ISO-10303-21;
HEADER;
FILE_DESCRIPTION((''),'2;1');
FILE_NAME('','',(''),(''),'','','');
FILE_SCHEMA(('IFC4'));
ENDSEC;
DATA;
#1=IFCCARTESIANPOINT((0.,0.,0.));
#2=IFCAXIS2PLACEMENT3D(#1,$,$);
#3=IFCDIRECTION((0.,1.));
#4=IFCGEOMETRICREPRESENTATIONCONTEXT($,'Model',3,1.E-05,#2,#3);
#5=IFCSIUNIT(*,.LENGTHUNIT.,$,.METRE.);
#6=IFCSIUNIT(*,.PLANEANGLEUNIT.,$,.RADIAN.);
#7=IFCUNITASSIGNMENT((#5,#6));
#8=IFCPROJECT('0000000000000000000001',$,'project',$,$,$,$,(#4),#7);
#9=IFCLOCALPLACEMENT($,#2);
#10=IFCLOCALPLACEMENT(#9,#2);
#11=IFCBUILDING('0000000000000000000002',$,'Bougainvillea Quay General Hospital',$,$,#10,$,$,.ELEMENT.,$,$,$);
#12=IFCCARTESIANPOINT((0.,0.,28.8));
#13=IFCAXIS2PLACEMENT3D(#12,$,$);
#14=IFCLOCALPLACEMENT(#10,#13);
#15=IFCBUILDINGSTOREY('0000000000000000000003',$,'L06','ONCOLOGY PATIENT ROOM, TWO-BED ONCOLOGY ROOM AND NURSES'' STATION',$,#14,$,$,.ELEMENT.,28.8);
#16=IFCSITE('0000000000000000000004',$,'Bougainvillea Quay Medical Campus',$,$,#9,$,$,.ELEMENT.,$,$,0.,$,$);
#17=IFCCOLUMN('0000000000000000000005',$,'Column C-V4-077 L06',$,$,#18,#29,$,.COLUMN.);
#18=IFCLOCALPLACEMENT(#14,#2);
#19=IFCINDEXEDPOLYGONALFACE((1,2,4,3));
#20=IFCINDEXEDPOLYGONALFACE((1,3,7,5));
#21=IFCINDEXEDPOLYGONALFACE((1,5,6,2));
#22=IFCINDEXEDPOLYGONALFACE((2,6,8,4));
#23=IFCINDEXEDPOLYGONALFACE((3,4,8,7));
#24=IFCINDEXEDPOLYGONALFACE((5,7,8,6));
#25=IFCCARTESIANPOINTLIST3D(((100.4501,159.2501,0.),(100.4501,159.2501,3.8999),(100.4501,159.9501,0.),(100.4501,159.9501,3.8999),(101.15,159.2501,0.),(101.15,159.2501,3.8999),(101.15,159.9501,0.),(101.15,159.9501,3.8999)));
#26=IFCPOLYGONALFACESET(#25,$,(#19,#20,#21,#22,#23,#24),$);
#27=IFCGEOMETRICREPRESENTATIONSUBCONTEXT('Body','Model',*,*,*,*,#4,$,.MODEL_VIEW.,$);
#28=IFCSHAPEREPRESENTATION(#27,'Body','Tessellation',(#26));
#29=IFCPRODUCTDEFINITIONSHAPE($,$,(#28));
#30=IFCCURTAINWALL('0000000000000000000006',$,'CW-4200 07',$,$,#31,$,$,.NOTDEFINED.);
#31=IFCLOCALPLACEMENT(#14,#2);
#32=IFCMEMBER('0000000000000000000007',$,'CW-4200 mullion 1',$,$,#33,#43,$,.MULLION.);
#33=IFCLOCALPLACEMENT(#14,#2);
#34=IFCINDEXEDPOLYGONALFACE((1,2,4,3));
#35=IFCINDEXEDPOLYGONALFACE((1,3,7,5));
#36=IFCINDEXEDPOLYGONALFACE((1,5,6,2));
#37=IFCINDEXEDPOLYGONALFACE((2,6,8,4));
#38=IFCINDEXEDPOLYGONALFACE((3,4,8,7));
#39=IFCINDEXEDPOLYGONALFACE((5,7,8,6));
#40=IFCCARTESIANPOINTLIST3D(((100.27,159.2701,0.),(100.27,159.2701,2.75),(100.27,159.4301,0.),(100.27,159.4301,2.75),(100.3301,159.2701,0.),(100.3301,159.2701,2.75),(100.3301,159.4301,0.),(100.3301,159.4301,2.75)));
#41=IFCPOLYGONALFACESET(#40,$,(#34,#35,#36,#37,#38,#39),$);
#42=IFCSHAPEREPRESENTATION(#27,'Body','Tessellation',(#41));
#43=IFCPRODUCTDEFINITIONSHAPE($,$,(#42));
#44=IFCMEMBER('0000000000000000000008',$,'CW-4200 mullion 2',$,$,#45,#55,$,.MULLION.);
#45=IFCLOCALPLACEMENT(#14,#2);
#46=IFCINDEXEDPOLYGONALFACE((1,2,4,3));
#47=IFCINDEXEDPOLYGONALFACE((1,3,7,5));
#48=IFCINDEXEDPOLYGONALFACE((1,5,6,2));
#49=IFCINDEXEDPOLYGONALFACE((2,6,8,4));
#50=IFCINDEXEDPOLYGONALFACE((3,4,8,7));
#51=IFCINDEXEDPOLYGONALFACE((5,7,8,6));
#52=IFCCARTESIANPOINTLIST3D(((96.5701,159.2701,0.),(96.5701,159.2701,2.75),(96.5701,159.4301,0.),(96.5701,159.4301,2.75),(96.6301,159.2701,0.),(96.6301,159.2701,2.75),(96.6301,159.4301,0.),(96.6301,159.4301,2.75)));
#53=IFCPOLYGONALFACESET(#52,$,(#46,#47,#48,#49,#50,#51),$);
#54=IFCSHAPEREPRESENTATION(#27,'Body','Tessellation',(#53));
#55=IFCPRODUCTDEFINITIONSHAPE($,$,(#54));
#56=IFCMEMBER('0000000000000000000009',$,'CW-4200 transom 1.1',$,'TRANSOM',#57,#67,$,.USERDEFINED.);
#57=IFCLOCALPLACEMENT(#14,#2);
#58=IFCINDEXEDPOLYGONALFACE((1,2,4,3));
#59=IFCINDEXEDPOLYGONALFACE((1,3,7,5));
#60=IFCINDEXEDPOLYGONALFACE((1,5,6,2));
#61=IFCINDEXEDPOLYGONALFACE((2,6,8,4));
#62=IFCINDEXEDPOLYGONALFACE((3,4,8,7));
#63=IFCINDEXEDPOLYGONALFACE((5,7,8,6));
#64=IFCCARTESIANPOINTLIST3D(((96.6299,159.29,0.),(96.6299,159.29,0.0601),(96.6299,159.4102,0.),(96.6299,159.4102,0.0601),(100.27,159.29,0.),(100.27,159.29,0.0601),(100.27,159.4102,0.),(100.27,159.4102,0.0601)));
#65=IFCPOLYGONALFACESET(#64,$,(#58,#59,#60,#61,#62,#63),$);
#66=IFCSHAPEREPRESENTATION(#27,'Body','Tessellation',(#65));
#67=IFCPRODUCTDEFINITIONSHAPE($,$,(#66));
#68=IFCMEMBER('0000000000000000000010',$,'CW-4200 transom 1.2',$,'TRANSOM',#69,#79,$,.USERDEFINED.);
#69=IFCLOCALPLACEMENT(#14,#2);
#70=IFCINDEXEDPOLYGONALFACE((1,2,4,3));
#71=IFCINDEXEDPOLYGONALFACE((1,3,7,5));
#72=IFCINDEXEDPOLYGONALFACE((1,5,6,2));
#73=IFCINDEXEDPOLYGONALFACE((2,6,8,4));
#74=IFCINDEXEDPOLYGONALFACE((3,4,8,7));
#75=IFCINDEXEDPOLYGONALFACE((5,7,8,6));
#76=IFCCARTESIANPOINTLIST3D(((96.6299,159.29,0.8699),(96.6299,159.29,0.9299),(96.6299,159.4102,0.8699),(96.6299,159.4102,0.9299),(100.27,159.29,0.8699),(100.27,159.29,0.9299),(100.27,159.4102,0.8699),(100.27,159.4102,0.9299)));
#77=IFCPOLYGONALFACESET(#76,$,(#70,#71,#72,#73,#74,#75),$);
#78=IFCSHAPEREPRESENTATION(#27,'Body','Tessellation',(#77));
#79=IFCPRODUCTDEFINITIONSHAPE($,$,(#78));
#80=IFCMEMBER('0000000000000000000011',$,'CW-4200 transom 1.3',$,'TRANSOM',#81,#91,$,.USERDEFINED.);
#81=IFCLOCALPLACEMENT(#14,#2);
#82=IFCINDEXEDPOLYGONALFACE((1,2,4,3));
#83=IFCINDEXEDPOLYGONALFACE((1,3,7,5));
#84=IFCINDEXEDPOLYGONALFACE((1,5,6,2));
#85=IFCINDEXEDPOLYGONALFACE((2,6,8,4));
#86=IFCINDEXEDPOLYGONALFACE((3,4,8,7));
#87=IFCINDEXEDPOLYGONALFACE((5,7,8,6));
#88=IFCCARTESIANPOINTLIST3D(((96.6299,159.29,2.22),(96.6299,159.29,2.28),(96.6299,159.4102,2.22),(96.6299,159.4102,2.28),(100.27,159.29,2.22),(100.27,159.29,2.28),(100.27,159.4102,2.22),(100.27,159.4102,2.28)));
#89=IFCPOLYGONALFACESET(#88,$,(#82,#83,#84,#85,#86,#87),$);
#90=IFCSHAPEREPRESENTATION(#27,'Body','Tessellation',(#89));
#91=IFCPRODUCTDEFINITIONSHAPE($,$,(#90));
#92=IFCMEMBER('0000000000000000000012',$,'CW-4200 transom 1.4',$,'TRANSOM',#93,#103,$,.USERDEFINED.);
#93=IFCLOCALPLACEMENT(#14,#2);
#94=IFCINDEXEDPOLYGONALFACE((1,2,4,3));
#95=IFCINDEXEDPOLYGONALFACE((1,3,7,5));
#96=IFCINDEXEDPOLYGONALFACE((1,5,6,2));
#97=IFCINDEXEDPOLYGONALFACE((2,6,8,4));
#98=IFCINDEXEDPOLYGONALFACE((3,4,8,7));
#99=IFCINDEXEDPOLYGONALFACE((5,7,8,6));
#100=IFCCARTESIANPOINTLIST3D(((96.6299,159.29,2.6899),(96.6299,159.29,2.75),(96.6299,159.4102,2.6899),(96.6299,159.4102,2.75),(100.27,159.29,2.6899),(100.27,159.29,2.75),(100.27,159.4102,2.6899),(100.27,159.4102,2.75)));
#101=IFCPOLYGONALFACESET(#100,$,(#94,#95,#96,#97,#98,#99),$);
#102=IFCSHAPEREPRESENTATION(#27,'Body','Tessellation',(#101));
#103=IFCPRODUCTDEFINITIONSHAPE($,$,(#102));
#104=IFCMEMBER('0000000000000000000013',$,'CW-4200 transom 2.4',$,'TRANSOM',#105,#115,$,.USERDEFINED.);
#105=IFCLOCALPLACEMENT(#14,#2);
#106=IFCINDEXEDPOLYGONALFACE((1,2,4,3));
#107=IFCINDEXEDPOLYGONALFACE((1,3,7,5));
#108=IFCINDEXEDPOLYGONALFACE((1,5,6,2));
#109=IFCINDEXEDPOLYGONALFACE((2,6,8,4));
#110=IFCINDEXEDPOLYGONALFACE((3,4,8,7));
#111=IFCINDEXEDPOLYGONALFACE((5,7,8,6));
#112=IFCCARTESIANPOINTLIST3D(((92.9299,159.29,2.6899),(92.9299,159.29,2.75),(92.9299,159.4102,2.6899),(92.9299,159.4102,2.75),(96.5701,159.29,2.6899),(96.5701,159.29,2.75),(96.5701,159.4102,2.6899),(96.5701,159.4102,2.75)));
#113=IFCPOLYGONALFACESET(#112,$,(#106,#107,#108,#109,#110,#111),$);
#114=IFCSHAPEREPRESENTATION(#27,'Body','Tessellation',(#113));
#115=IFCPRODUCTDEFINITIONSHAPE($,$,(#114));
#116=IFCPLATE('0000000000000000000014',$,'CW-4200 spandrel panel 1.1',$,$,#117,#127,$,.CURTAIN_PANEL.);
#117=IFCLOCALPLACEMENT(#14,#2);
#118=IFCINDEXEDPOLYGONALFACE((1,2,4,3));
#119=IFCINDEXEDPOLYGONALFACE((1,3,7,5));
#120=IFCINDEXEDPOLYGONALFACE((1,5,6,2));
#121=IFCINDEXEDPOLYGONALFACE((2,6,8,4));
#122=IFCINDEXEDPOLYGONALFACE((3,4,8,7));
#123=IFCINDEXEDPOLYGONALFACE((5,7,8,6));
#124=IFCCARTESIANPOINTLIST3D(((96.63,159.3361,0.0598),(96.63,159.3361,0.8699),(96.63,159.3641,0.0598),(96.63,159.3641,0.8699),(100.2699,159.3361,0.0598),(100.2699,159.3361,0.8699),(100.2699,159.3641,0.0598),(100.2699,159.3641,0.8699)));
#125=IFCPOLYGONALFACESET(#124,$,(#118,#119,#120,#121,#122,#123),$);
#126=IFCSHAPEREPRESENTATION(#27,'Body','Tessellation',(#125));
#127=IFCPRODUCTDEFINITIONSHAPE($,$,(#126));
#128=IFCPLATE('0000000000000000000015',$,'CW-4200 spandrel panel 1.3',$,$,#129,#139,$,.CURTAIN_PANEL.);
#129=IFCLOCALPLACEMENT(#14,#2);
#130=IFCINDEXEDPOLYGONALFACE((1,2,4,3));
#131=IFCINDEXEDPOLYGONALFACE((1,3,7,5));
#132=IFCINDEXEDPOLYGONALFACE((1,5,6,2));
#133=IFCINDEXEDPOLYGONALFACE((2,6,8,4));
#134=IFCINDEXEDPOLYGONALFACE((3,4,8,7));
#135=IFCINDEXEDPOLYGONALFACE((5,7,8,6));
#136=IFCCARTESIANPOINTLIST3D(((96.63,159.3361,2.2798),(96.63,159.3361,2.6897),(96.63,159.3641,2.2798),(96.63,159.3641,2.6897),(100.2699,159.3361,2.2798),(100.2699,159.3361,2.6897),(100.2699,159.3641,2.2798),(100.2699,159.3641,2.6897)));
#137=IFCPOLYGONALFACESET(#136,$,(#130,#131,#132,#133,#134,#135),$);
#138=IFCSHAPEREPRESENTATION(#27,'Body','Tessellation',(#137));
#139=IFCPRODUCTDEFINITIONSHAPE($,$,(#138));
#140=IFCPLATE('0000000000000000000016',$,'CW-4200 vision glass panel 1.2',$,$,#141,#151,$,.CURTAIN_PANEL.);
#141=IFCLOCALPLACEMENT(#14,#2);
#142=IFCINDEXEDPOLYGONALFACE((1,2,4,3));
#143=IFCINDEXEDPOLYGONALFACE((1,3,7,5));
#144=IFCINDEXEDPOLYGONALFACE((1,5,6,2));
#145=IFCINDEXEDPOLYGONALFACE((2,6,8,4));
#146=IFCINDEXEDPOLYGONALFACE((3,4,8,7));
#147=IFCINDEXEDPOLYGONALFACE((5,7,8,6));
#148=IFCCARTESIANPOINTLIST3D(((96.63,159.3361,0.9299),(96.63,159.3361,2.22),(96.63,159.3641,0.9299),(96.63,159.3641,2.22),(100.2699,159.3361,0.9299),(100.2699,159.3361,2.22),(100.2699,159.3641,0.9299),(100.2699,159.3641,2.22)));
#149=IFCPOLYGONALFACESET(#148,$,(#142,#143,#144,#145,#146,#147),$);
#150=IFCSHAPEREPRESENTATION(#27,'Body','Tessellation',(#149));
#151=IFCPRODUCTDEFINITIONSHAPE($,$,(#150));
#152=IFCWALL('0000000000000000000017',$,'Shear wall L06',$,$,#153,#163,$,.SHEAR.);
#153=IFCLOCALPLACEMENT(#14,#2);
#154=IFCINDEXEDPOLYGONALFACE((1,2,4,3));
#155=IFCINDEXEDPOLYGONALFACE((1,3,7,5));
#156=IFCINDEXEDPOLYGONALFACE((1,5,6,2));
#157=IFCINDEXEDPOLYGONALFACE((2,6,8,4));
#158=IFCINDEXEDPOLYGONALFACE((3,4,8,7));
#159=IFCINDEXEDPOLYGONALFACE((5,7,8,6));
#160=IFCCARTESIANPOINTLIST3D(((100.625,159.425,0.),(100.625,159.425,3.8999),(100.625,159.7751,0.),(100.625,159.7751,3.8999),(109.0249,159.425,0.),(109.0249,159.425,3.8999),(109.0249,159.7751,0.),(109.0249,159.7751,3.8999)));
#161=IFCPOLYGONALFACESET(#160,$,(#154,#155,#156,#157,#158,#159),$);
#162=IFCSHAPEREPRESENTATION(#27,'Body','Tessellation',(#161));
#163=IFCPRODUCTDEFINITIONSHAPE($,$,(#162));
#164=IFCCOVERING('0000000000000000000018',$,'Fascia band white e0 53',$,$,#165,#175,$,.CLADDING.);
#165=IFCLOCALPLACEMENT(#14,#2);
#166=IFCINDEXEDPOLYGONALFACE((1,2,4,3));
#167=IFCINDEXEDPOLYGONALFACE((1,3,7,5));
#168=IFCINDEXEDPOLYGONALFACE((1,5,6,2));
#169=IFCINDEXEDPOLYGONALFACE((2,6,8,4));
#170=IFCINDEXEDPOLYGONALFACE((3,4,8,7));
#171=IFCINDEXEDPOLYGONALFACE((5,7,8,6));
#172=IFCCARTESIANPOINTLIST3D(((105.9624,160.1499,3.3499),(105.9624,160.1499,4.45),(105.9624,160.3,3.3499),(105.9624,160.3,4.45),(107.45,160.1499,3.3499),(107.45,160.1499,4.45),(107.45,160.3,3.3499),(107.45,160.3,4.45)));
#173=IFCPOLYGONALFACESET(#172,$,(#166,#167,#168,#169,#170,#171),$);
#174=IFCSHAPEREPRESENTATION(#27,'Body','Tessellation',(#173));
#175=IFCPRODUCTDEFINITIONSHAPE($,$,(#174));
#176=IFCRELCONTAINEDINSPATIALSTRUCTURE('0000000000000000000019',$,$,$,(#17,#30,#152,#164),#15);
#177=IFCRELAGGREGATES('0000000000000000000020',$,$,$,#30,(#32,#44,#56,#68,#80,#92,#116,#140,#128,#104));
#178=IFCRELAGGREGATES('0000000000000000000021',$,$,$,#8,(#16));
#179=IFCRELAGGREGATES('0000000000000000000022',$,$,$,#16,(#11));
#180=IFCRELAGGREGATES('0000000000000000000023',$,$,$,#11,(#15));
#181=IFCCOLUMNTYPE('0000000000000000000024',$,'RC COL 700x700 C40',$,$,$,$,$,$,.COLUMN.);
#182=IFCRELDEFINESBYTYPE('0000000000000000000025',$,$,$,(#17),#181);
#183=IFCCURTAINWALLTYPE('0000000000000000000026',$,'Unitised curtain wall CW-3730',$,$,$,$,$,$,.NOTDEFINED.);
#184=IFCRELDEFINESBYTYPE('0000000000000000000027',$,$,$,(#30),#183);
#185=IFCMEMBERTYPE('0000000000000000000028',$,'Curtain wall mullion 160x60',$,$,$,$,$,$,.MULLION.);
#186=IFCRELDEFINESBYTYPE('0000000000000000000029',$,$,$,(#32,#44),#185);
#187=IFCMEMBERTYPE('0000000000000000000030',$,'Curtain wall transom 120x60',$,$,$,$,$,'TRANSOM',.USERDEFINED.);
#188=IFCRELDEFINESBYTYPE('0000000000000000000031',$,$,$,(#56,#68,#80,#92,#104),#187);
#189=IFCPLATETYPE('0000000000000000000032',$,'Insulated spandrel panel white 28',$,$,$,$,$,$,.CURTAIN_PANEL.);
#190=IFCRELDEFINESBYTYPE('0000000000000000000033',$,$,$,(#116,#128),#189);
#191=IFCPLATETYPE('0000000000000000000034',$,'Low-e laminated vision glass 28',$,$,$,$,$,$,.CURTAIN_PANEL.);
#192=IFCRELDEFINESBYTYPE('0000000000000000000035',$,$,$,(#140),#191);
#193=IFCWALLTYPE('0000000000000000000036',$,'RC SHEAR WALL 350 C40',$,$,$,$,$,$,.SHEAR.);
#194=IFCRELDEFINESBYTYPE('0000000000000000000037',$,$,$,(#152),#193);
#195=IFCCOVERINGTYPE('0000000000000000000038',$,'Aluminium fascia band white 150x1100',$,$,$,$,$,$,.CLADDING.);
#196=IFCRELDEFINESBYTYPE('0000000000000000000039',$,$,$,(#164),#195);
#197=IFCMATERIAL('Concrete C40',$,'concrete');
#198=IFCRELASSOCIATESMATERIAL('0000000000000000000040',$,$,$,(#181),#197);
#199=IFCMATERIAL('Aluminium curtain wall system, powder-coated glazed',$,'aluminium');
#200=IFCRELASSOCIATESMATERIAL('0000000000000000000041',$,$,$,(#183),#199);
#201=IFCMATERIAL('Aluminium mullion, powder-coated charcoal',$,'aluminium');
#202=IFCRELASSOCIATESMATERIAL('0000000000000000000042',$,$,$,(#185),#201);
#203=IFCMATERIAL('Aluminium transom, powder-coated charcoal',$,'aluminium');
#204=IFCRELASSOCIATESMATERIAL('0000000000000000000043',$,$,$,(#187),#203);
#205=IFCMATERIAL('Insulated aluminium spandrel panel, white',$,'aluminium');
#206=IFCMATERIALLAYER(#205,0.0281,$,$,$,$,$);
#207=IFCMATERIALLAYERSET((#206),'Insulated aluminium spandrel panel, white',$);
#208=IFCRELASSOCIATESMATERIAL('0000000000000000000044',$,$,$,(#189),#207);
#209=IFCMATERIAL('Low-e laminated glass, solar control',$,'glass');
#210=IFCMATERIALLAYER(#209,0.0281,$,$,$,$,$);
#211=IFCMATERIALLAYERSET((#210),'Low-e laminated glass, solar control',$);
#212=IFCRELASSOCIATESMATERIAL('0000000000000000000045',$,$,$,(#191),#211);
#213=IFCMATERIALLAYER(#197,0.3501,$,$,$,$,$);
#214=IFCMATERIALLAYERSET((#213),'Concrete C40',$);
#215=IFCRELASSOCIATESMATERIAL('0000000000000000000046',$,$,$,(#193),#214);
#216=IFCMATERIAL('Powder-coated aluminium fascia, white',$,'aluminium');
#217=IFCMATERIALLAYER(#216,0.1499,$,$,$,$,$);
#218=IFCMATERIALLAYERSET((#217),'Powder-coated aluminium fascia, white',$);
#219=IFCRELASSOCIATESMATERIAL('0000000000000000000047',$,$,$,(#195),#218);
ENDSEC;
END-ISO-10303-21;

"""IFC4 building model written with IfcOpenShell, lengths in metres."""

from ifc_helpers import new_model, si_unit, direction, frame, frame_2d, origin, origin_2d, place, context, subcontext, project, spatial, polyline, rectangle, outline, extrude, material, layer, layer_set, material_profile, profile_set, type_object, element, aggregate, save


model = new_model("IFC4")

# Units and contexts
model_context = context("Model", 3, precision=1e-05, world=origin(), true_north=direction((0.0, 1.0)))
body_context = subcontext(model_context, "Body", "Model", "MODEL_VIEW")
ifc_project = project(units=[si_unit("LENGTHUNIT", "METRE"), si_unit("PLANEANGLEUNIT", "RADIAN")], contexts=[model_context])

# Site, building, storey
site_placement = place(None, origin())
site = spatial("IfcSite", under=ifc_project, at=site_placement, Name="Bougainvillea Quay Medical Campus", CompositionType="ELEMENT", RefElevation=0.0)
building_placement = place(site_placement, origin())
building = spatial("IfcBuilding", under=site, at=building_placement, Name="Bougainvillea Quay General Hospital", CompositionType="ELEMENT")
storey_placement = place(building_placement, frame((0.0, 0.0, 28.8)))
storey = spatial("IfcBuildingStorey", under=building, at=storey_placement, Name="L06", Description="ONCOLOGY PATIENT ROOM, TWO-BED ONCOLOGY ROOM AND NURSES' STATION", CompositionType="ELEMENT", Elevation=28.8)

# Column
ifc_material_1 = material(Name="Concrete C40", Category="concrete")
ifc_material_profile_1 = material_profile(ifc_material_1, rectangle(XDim=0.7, YDim=0.7, at=origin_2d()))
ifc_profile_set_1 = profile_set([ifc_material_profile_1], Name="Concrete C40")
column_type = type_object("IfcColumnType", Name="RC COL 700x700 C40", PredefinedType="COLUMN", material=ifc_profile_set_1)
column_placement = place(storey_placement, frame((100.8, 159.6001, 0.0), z_axis=(0.0, 0.0, 1.0), x_axis=(1.0, 0.0, 0.0)))
element("IfcColumn", 1, at=column_placement, inside=storey, type_object=column_type, Name="Column C-V4-077 L06", PredefinedType="COLUMN", context=body_context, shape_type="SweptSolid", body=[
    extrude(rectangle(XDim=0.7, YDim=0.7, at=origin_2d()), origin(), (0.0, 0.0, 1.0), 3.8999),
])

# Curtain wall, members, plates
ifc_material_2 = material(Name="Aluminium curtain wall system, powder-coated glazed", Category="aluminium")
curtain_wall_type = type_object("IfcCurtainWallType", Name="Unitised curtain wall CW-3730", PredefinedType="NOTDEFINED", material=ifc_material_2)
curtain_wall_placement = place(storey_placement, origin())
curtain_wall = element("IfcCurtainWall", 2, at=curtain_wall_placement, inside=storey, type_object=curtain_wall_type, Name="CW-4200 07", PredefinedType="NOTDEFINED")
ifc_material_3 = material(Name="Aluminium mullion, powder-coated charcoal", Category="aluminium")
ifc_material_profile_2 = material_profile(ifc_material_3, rectangle(XDim=0.1599, YDim=0.0601, at=origin_2d()))
ifc_profile_set_2 = profile_set([ifc_material_profile_2], Name="Aluminium mullion, powder-coated charcoal")
member_type_1 = type_object("IfcMemberType", Name="Curtain wall mullion 160x60", PredefinedType="MULLION", material=ifc_profile_set_2)
member_1_placement = place(storey_placement, frame((100.3, 159.3501, 0.0), z_axis=(0.0, 0.0, 1.0), x_axis=(0.0, -1.0, 0.0)))
member_1 = element("IfcMember", 3, at=member_1_placement, type_object=member_type_1, Name="CW-4200 mullion 1", PredefinedType="MULLION", context=body_context, shape_type="SweptSolid", body=[
    extrude(rectangle(XDim=0.1599, YDim=0.0601, at=origin_2d()), origin(), (0.0, 0.0, 1.0), 2.75),
])
member_2_placement = place(storey_placement, frame((96.6001, 159.3501, 0.0), z_axis=(0.0, 0.0, 1.0), x_axis=(0.0, -1.0, 0.0)))
member_2 = element("IfcMember", 4, at=member_2_placement, type_object=member_type_1, Name="CW-4200 mullion 2", PredefinedType="MULLION", context=body_context, shape_type="SweptSolid", body=[
    extrude(rectangle(XDim=0.1599, YDim=0.0601, at=origin_2d()), origin(), (0.0, 0.0, 1.0), 2.75),
])
ifc_material_4 = material(Name="Aluminium transom, powder-coated charcoal", Category="aluminium")
ifc_material_profile_3 = material_profile(ifc_material_4, rectangle(XDim=0.1201, YDim=0.0601, at=origin_2d()))
ifc_profile_set_3 = profile_set([ifc_material_profile_3], Name="Aluminium transom, powder-coated charcoal")
member_type_2 = type_object("IfcMemberType", Name="Curtain wall transom 120x60", ElementType="TRANSOM", PredefinedType="USERDEFINED", material=ifc_profile_set_3)
member_3_placement = place(storey_placement, frame((100.27, 159.3501, 0.03), z_axis=(-1.0, 0.0, 0.0), x_axis=(0.0, -1.0, 0.0)))
member_3 = element("IfcMember", 5, at=member_3_placement, type_object=member_type_2, Name="CW-4200 transom 1.1", ObjectType="TRANSOM", PredefinedType="USERDEFINED", context=body_context, shape_type="SweptSolid", body=[
    extrude(rectangle(XDim=0.1201, YDim=0.0601, at=origin_2d()), origin(), (0.0, 0.0, 1.0), 3.6401),
])
member_4_placement = place(storey_placement, frame((100.27, 159.3501, 0.8999), z_axis=(-1.0, 0.0, 0.0), x_axis=(0.0, -1.0, 0.0)))
member_4 = element("IfcMember", 6, at=member_4_placement, type_object=member_type_2, Name="CW-4200 transom 1.2", ObjectType="TRANSOM", PredefinedType="USERDEFINED", context=body_context, shape_type="SweptSolid", body=[
    extrude(rectangle(XDim=0.1201, YDim=0.0601, at=origin_2d()), origin(), (0.0, 0.0, 1.0), 3.6401),
])
member_5_placement = place(storey_placement, frame((100.27, 159.3501, 2.25), z_axis=(-1.0, 0.0, 0.0), x_axis=(0.0, -1.0, 0.0)))
member_5 = element("IfcMember", 7, at=member_5_placement, type_object=member_type_2, Name="CW-4200 transom 1.3", ObjectType="TRANSOM", PredefinedType="USERDEFINED", context=body_context, shape_type="SweptSolid", body=[
    extrude(rectangle(XDim=0.1201, YDim=0.0601, at=origin_2d()), origin(), (0.0, 0.0, 1.0), 3.6401),
])
member_6_placement = place(storey_placement, frame((100.27, 159.3501, 2.72), z_axis=(-1.0, 0.0, 0.0), x_axis=(0.0, -1.0, 0.0)))
member_6 = element("IfcMember", 8, at=member_6_placement, type_object=member_type_2, Name="CW-4200 transom 1.4", ObjectType="TRANSOM", PredefinedType="USERDEFINED", context=body_context, shape_type="SweptSolid", body=[
    extrude(rectangle(XDim=0.1201, YDim=0.0601, at=origin_2d()), origin(), (0.0, 0.0, 1.0), 3.6401),
])
member_7_placement = place(storey_placement, frame((96.5701, 159.3501, 2.72), z_axis=(-1.0, 0.0, 0.0), x_axis=(0.0, -1.0, 0.0)))
member_7 = element("IfcMember", 9, at=member_7_placement, type_object=member_type_2, Name="CW-4200 transom 2.4", ObjectType="TRANSOM", PredefinedType="USERDEFINED", context=body_context, shape_type="SweptSolid", body=[
    extrude(rectangle(XDim=0.1201, YDim=0.0601, at=origin_2d()), origin(), (0.0, 0.0, 1.0), 3.6401),
])
ifc_material_5 = material(Name="Insulated aluminium spandrel panel, white", Category="aluminium")
ifc_layer_1 = layer(ifc_material_5, 0.0281)
ifc_layer_set_1 = layer_set([ifc_layer_1], Name="Insulated aluminium spandrel panel, white")
plate_type_1 = type_object("IfcPlateType", Name="Insulated spandrel panel white 28", PredefinedType="CURTAIN_PANEL", material=ifc_layer_set_1)
plate_1_placement = place(storey_placement, frame((98.45, 159.3501, 0.0598), z_axis=(0.0, 0.0, 1.0), x_axis=(-1.0, 0.0, 0.0)))
plate_1 = element("IfcPlate", 10, at=plate_1_placement, type_object=plate_type_1, Name="CW-4200 spandrel panel 1.1", PredefinedType="CURTAIN_PANEL", context=body_context, shape_type="SweptSolid", body=[
    extrude(rectangle(XDim=3.6399, YDim=0.0281, at=origin_2d()), origin(), (0.0, 0.0, 1.0), 0.8101),
])
plate_2_placement = place(storey_placement, frame((98.45, 159.3501, 2.2798), z_axis=(0.0, 0.0, 1.0), x_axis=(-1.0, 0.0, 0.0)))
plate_2 = element("IfcPlate", 11, at=plate_2_placement, type_object=plate_type_1, Name="CW-4200 spandrel panel 1.3", PredefinedType="CURTAIN_PANEL", context=body_context, shape_type="SweptSolid", body=[
    extrude(rectangle(XDim=3.6399, YDim=0.0281, at=origin_2d()), origin(), (0.0, 0.0, 1.0), 0.4099),
])
ifc_material_6 = material(Name="Low-e laminated glass, solar control", Category="glass")
ifc_layer_2 = layer(ifc_material_6, 0.0281)
ifc_layer_set_2 = layer_set([ifc_layer_2], Name="Low-e laminated glass, solar control")
plate_type_2 = type_object("IfcPlateType", Name="Low-e laminated vision glass 28", PredefinedType="CURTAIN_PANEL", material=ifc_layer_set_2)
plate_3_placement = place(storey_placement, frame((98.45, 159.3501, 0.9299), z_axis=(0.0, 0.0, 1.0), x_axis=(-1.0, 0.0, 0.0)))
plate_3 = element("IfcPlate", 12, at=plate_3_placement, type_object=plate_type_2, Name="CW-4200 vision glass panel 1.2", PredefinedType="CURTAIN_PANEL", context=body_context, shape_type="SweptSolid", body=[
    extrude(rectangle(XDim=3.6399, YDim=0.0281, at=origin_2d()), origin(), (0.0, 0.0, 1.0), 1.29),
])
aggregate(curtain_wall, [member_1, member_2, member_3, member_4, member_5, member_6, plate_1, plate_3, plate_2, member_7])

# Wall
ifc_layer_3 = layer(ifc_material_1, 0.3501)
ifc_layer_set_3 = layer_set([ifc_layer_3], Name="Concrete C40")
wall_type = type_object("IfcWallType", Name="RC SHEAR WALL 350 C40", PredefinedType="SHEAR", material=ifc_layer_set_3)
wall_placement = place(storey_placement, frame((100.625, 159.6001, 0.0), z_axis=(0.0, 0.0, 1.0), x_axis=(1.0, 0.0, 0.0)))
element("IfcWall", 13, at=wall_placement, inside=storey, type_object=wall_type, Name="Shear wall L06", PredefinedType="SHEAR", context=body_context, shape_type="SweptSolid", body=[
    extrude(rectangle(XDim=8.3999, YDim=0.3501, at=frame_2d((4.2, 0.0))), origin(), (0.0, 0.0, 1.0), 3.8999),
])

# Covering
ifc_material_7 = material(Name="Powder-coated aluminium fascia, white", Category="aluminium")
ifc_layer_4 = layer(ifc_material_7, 0.1499)
ifc_layer_set_4 = layer_set([ifc_layer_4], Name="Powder-coated aluminium fascia, white")
covering_type = type_object("IfcCoveringType", Name="Aluminium fascia band white 150x1100", PredefinedType="CLADDING", material=ifc_layer_set_4)
covering_1_placement = place(storey_placement, frame((107.45, 160.1499, 3.3499), z_axis=(0.0, 0.0, 1.0), x_axis=(-1.0, 0.0, 0.0)))
element("IfcCovering", 14, at=covering_1_placement, inside=storey, type_object=covering_type, Name="Fascia band white e0 53", PredefinedType="CLADDING", context=body_context, shape_type="SweptSolid", body=[
    extrude(outline(polyline([(0.0, 0.0), (1.4875, 0.0), (1.4875, -0.1501), (0.0, -0.1501), (0.0, 0.0)])), origin(), (0.0, 0.0, 1.0), 1.1001),
])

save(model, "model.ifc")
